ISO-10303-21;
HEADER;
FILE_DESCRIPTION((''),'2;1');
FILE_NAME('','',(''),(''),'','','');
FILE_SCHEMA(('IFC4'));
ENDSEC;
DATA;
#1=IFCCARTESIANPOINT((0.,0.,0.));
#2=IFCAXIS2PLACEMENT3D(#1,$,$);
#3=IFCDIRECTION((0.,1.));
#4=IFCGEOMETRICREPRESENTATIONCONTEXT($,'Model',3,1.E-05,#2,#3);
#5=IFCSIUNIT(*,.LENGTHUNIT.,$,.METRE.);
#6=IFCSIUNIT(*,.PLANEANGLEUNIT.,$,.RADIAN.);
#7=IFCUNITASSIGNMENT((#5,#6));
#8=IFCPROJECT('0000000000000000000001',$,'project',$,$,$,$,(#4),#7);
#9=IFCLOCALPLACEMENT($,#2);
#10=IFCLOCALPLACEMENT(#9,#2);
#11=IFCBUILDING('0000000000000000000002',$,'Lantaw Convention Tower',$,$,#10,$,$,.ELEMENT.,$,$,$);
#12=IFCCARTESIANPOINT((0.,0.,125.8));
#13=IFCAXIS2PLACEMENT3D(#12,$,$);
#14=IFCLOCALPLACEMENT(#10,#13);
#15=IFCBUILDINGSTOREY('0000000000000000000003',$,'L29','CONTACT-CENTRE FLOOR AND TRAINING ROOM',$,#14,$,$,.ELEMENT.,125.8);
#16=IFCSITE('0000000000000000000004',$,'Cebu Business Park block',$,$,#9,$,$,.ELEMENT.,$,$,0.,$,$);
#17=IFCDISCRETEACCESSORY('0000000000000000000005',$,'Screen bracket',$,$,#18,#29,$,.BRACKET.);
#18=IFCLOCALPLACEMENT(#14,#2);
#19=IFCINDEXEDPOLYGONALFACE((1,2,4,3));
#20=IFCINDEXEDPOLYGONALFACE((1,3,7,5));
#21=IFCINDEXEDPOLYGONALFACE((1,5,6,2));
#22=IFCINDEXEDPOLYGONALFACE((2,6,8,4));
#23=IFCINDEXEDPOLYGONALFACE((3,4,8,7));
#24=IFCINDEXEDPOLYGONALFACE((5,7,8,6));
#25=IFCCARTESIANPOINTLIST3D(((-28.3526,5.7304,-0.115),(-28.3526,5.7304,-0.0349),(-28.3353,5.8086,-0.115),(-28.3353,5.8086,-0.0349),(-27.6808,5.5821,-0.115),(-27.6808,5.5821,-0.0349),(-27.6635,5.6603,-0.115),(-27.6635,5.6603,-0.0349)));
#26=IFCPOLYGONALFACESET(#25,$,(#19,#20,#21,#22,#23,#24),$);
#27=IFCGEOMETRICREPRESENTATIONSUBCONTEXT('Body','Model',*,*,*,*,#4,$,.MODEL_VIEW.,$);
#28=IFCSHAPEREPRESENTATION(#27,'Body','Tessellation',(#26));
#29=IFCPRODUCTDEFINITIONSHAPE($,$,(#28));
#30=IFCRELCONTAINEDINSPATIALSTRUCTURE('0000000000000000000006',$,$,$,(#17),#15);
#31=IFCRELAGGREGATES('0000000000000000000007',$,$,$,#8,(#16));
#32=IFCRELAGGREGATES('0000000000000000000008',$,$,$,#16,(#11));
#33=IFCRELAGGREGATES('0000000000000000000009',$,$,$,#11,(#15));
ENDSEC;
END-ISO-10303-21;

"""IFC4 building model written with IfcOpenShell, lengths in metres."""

from ifc_helpers import new_model, si_unit, direction, frame, origin, origin_2d, place, context, subcontext, project, spatial, rectangle, extrude, element, save


model = new_model("IFC4")

# Units and contexts
model_context = context("Model", 3, precision=1e-05, world=origin(), true_north=direction((0.0, 1.0)))
body_context = subcontext(model_context, "Body", "Model", "MODEL_VIEW")
ifc_project = project(units=[si_unit("LENGTHUNIT", "METRE"), si_unit("PLANEANGLEUNIT", "RADIAN")], contexts=[model_context])

# Site, building, storey
site_placement = place(None, origin())
site = spatial("IfcSite", under=ifc_project, at=site_placement, Name="Cebu Business Park block", CompositionType="ELEMENT", RefElevation=0.0)
building_placement = place(site_placement, origin())
building = spatial("IfcBuilding", under=site, at=building_placement, Name="Lantaw Convention Tower", CompositionType="ELEMENT")
storey_placement = place(building_placement, frame((0.0, 0.0, 125.8)))
storey = spatial("IfcBuildingStorey", under=building, at=storey_placement, Name="L29", Description="CONTACT-CENTRE FLOOR AND TRAINING ROOM", CompositionType="ELEMENT", Elevation=125.8)

# Discrete accessory
discrete_accessory_placement = place(storey_placement, frame((-28.0081, 5.6953, -0.115), z_axis=(0.0, 0.0, 1.0), x_axis=(-0.215546, -0.976494, 0.0)))
element("IfcDiscreteAccessory", 1, at=discrete_accessory_placement, inside=storey, Name="Screen bracket", PredefinedType="BRACKET", context=body_context, shape_type="SweptSolid", body=[
    extrude(rectangle(XDim=0.0801, YDim=0.688, at=origin_2d()), origin(), (0.0, 0.0, 1.0), 0.0801),
])

save(model, "model.ifc")
